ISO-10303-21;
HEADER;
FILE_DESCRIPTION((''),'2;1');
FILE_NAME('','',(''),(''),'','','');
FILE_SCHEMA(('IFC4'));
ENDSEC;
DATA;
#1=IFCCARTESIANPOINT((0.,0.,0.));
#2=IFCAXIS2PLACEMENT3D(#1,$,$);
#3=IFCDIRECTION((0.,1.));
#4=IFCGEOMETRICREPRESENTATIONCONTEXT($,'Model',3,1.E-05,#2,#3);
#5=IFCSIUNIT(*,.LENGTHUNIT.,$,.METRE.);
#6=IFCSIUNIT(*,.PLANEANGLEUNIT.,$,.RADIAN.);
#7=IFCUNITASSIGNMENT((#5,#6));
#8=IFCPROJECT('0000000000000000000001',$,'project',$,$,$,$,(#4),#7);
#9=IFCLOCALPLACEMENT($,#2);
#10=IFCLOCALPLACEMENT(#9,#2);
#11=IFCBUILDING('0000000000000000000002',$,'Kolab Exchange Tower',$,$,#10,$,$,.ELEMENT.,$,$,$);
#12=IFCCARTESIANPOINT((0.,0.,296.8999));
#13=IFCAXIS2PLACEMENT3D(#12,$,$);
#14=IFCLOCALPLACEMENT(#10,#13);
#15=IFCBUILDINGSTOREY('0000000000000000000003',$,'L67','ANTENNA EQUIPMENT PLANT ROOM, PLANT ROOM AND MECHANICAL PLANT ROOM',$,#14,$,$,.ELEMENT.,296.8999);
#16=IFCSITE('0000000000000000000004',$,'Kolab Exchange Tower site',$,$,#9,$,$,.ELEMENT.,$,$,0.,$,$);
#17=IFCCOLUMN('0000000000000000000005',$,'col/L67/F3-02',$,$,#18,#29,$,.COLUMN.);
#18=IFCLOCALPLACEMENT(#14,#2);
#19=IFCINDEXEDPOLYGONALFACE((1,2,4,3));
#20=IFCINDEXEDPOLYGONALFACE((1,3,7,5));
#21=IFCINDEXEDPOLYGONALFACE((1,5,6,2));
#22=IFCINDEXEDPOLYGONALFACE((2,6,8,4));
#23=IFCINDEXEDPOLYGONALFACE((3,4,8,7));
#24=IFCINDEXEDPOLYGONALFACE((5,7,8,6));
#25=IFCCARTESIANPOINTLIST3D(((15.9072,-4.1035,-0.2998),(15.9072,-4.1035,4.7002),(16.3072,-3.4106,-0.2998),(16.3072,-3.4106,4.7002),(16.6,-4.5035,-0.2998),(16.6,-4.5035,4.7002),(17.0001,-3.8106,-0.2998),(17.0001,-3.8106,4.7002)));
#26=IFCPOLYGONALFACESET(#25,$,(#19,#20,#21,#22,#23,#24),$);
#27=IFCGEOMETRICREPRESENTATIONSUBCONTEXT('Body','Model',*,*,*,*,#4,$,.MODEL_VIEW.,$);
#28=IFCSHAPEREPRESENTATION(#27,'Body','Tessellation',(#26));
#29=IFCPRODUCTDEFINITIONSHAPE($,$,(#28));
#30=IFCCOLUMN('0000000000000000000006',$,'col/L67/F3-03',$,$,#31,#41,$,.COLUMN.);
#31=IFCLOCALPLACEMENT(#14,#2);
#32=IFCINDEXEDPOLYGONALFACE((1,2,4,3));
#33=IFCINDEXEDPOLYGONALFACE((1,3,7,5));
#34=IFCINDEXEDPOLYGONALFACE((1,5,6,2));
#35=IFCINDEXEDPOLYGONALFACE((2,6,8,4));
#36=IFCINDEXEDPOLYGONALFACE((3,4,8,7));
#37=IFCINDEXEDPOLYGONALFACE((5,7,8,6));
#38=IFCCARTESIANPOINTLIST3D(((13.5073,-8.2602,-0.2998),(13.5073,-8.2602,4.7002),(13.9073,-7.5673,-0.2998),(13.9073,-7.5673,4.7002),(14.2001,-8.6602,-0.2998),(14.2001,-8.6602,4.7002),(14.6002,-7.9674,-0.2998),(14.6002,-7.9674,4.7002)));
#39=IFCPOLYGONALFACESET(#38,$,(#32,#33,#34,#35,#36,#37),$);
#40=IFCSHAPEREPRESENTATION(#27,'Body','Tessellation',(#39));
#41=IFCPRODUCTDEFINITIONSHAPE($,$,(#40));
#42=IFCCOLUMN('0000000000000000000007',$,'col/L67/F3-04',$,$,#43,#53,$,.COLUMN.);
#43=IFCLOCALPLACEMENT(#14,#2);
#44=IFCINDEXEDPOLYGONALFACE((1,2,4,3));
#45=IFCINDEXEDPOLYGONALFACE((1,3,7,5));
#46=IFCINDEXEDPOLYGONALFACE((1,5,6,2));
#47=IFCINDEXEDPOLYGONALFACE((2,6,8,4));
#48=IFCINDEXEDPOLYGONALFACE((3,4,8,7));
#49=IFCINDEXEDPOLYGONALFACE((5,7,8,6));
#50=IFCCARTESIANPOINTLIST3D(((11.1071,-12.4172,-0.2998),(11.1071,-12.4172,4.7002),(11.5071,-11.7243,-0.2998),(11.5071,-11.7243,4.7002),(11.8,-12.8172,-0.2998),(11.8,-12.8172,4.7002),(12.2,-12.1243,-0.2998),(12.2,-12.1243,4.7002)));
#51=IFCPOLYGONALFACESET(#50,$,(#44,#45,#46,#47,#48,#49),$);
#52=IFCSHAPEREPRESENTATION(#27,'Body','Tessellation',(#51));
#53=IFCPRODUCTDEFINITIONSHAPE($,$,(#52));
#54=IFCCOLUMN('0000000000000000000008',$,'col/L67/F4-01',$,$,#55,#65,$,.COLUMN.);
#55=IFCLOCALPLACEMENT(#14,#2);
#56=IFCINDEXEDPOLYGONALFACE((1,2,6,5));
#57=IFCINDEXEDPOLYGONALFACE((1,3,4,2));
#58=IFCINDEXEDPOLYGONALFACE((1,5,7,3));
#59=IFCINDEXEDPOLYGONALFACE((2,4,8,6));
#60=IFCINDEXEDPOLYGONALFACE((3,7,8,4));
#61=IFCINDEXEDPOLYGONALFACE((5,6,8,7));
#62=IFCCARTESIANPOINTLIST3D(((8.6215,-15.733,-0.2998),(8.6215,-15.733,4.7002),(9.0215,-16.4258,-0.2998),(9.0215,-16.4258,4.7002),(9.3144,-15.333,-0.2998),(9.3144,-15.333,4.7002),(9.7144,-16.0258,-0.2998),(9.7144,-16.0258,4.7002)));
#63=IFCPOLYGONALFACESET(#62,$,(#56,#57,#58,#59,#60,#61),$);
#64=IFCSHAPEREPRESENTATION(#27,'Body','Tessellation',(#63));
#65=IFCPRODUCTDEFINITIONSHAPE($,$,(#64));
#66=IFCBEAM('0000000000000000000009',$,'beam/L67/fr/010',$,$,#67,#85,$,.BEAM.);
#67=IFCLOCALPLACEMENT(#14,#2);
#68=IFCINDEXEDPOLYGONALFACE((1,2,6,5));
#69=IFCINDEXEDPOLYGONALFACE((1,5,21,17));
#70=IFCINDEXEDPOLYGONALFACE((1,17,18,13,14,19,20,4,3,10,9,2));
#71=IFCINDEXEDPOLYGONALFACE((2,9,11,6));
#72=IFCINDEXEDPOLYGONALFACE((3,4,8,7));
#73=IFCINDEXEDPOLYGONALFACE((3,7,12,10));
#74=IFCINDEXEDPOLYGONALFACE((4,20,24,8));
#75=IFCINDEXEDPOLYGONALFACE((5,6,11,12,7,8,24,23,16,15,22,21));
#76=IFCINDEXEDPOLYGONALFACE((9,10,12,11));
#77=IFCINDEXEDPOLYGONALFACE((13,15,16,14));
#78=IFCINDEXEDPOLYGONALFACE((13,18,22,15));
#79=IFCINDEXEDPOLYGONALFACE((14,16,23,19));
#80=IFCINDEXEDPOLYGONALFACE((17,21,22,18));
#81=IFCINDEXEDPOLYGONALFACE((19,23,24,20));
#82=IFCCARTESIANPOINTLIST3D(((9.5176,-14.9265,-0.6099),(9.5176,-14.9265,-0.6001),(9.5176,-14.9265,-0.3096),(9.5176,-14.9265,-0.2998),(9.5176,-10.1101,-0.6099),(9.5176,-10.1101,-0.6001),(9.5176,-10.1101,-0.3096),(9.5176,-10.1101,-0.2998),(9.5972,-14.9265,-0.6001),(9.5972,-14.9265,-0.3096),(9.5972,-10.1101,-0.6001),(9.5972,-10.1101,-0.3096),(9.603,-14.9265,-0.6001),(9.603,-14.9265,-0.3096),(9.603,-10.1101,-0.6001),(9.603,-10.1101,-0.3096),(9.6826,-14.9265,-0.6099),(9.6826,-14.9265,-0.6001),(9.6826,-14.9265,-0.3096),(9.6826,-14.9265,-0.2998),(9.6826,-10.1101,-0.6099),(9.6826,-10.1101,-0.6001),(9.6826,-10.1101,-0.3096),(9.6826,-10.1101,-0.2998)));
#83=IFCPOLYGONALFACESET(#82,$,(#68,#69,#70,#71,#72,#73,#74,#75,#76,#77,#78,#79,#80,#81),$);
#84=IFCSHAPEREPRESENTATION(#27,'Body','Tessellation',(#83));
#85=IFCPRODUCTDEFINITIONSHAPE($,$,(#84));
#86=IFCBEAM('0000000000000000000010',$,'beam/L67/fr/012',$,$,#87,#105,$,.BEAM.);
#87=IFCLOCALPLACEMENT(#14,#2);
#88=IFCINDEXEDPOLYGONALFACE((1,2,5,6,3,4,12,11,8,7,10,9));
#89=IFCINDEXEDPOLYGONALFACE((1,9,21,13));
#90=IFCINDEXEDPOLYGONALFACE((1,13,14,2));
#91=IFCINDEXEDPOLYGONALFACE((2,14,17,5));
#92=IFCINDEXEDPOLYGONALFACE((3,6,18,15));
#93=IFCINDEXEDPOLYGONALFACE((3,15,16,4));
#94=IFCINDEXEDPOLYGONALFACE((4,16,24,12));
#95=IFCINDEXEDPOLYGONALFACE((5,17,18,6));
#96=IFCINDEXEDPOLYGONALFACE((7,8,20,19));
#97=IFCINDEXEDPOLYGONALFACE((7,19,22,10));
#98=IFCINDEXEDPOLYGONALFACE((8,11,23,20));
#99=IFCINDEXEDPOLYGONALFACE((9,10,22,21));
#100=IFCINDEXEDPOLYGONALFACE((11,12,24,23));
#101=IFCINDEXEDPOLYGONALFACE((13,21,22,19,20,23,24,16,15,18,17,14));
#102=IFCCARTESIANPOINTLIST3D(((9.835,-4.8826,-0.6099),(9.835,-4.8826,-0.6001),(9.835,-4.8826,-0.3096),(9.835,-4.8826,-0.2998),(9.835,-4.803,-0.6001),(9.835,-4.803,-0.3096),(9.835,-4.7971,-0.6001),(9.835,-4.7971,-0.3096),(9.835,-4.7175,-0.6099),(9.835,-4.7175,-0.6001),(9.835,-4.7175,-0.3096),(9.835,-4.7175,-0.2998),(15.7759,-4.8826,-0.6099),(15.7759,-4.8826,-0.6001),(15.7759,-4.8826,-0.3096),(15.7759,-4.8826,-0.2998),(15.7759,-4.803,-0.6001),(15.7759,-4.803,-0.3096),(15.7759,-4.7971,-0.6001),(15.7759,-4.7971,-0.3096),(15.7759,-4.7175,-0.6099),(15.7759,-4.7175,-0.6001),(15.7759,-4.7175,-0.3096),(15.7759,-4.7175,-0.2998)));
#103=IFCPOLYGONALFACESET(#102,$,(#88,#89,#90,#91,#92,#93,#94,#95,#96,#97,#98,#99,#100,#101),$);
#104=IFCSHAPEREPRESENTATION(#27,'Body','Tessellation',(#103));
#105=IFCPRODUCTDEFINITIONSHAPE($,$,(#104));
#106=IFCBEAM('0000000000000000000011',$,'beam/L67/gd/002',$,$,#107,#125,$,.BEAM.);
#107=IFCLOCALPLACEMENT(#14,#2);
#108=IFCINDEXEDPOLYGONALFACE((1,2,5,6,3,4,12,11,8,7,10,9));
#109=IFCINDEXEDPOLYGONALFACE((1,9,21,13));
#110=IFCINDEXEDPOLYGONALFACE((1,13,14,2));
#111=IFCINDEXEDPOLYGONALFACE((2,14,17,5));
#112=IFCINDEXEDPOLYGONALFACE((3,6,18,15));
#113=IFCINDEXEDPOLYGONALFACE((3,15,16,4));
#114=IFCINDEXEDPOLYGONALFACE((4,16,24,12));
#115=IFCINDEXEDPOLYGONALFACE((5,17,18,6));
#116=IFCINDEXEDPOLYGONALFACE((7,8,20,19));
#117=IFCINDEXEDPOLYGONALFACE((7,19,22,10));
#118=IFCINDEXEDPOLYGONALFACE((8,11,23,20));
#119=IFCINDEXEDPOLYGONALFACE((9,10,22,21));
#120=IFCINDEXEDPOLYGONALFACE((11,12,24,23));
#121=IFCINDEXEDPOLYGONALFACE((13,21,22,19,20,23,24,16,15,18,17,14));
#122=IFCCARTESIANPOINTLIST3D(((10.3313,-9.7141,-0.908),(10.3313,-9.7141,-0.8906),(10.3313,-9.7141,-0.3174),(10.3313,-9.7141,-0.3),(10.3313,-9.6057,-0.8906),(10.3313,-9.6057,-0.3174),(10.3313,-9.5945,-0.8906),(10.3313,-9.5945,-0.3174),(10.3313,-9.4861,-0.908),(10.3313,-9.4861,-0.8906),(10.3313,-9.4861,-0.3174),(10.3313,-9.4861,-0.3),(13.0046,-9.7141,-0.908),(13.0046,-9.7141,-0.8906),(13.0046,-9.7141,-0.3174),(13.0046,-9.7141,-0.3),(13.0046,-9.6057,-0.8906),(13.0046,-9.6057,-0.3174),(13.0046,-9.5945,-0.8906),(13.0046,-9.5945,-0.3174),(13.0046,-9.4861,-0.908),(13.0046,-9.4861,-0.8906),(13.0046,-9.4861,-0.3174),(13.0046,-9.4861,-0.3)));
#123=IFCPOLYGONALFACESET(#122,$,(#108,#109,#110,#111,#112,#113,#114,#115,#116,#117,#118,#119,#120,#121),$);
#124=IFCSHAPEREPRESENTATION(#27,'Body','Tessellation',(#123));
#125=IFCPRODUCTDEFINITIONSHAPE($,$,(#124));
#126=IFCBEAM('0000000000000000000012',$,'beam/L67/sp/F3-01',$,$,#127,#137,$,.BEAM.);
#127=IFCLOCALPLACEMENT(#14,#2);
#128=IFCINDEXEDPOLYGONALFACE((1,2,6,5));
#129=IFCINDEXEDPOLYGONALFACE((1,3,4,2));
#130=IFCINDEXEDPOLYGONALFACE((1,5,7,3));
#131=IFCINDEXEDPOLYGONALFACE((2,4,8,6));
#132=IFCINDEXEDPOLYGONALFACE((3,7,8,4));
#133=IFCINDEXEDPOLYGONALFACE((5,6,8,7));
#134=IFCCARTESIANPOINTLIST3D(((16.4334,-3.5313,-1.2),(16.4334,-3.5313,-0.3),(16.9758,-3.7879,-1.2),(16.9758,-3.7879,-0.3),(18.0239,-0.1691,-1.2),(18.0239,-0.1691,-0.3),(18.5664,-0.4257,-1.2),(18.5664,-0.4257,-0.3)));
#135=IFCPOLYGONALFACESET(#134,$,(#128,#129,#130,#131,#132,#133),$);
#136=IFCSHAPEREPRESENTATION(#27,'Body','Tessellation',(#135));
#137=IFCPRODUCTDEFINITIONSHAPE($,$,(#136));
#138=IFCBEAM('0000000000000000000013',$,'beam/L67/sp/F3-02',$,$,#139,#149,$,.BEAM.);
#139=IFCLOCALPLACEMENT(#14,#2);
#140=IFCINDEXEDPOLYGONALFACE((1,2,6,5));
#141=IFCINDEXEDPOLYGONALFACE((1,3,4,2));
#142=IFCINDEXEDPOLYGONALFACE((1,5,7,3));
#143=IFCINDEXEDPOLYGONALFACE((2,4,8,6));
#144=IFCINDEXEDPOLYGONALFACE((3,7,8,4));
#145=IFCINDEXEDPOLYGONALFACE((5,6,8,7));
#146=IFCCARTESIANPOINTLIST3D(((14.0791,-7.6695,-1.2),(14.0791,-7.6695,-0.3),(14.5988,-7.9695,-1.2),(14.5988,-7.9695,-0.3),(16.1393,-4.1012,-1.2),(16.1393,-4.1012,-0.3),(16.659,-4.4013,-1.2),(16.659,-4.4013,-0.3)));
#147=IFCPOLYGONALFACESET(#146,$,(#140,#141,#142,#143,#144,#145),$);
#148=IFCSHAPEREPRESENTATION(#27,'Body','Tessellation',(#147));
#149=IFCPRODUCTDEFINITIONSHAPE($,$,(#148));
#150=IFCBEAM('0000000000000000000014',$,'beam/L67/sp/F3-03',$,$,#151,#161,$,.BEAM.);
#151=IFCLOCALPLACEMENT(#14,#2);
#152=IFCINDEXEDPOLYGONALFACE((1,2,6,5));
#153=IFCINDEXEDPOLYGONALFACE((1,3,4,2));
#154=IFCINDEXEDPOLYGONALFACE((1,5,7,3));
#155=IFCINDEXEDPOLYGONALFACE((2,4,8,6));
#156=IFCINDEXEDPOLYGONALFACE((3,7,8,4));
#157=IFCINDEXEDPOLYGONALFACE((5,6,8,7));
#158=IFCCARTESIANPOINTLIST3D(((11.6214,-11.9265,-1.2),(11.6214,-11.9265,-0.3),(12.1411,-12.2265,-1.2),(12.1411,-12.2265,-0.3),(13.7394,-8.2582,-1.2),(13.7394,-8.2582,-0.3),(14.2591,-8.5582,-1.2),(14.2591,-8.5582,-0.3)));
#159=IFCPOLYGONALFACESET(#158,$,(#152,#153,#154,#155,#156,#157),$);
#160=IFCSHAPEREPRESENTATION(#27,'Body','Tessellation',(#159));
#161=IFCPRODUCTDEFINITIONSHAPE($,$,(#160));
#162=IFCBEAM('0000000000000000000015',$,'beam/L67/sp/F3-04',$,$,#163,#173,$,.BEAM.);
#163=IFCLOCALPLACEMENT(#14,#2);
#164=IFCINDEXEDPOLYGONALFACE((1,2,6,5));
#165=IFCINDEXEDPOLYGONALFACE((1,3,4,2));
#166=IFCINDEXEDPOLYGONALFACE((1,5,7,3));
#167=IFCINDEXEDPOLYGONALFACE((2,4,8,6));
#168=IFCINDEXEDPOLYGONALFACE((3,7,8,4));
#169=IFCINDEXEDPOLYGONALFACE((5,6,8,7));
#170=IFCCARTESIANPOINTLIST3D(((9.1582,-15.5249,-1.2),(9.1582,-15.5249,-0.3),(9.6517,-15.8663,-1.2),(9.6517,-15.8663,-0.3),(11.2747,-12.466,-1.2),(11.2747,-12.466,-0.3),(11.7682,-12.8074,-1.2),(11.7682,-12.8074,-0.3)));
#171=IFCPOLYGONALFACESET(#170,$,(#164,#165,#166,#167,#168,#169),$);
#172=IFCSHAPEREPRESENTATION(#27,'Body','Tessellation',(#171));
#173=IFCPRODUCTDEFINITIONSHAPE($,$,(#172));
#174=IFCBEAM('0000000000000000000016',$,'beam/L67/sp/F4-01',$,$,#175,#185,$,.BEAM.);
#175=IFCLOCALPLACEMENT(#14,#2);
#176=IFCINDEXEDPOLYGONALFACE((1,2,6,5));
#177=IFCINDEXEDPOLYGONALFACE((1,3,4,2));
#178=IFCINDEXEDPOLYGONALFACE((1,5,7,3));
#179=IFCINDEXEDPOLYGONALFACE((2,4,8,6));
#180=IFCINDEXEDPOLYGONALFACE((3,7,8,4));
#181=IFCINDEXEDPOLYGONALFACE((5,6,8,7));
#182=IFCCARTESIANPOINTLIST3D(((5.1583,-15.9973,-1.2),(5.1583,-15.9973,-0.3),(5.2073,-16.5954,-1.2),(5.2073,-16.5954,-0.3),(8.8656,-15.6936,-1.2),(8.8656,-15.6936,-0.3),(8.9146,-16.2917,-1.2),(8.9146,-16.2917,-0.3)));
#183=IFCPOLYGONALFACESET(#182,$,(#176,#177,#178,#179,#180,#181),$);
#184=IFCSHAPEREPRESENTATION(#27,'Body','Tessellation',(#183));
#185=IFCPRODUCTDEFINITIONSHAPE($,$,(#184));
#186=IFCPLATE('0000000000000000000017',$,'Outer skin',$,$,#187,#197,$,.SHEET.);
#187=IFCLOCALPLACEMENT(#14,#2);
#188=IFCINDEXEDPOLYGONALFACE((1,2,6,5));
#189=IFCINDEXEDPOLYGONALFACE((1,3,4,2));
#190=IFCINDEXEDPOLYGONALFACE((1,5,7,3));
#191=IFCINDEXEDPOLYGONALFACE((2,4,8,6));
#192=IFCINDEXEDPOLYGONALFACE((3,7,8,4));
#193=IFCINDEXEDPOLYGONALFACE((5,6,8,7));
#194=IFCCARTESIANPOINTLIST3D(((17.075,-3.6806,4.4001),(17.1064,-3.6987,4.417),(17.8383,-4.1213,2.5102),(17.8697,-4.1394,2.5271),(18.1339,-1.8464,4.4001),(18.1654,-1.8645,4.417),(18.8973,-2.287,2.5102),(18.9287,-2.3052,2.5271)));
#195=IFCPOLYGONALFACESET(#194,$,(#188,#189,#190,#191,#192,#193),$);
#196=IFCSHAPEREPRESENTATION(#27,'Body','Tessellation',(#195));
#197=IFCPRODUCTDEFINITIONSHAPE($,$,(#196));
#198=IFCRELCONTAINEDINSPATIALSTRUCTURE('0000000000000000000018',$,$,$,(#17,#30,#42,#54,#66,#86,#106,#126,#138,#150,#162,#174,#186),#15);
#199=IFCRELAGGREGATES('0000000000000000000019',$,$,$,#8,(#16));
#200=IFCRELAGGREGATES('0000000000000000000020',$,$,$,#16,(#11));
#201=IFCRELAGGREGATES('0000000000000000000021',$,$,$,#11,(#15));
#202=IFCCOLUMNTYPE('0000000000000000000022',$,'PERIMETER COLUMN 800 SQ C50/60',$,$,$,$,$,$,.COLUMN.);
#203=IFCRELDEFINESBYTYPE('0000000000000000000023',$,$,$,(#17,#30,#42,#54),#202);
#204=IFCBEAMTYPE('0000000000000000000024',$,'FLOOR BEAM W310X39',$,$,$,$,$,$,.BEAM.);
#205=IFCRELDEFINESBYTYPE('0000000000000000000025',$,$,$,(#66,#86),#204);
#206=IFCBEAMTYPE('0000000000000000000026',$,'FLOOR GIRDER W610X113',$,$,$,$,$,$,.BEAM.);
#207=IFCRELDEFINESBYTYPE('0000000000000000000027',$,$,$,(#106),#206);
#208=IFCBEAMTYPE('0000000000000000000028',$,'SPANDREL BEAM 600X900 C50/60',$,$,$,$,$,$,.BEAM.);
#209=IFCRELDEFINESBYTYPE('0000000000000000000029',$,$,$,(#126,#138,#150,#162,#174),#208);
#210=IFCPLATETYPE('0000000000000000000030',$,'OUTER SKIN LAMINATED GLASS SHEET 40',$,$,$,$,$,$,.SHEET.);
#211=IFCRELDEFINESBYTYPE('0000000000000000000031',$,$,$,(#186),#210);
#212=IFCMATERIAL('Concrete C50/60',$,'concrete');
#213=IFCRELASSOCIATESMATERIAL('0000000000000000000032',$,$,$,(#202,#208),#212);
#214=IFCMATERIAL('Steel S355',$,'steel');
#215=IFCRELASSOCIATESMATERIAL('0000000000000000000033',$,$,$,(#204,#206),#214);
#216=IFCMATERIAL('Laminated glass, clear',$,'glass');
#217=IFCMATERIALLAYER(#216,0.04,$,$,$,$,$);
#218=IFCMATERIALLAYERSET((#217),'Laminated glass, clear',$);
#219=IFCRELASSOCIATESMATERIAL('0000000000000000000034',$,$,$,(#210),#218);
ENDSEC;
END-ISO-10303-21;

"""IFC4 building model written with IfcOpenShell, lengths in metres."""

from ifc_helpers import new_model, si_unit, direction, frame, origin, origin_2d, place, context, subcontext, project, spatial, polyline, rectangle, i_section, outline, extrude, material, layer, layer_set, material_profile, profile_set, type_object, element, save


model = new_model("IFC4")

# Units and contexts
model_context = context("Model", 3, precision=1e-05, world=origin(), true_north=direction((0.0, 1.0)))
body_context = subcontext(model_context, "Body", "Model", "MODEL_VIEW")
ifc_project = project(units=[si_unit("LENGTHUNIT", "METRE"), si_unit("PLANEANGLEUNIT", "RADIAN")], contexts=[model_context])

# Site, building, storey
site_placement = place(None, origin())
site = spatial("IfcSite", under=ifc_project, at=site_placement, Name="Kolab Exchange Tower site", CompositionType="ELEMENT", RefElevation=0.0)
building_placement = place(site_placement, origin())
building = spatial("IfcBuilding", under=site, at=building_placement, Name="Kolab Exchange Tower", CompositionType="ELEMENT")
storey_placement = place(building_placement, frame((0.0, 0.0, 296.8999)))
storey = spatial("IfcBuildingStorey", under=building, at=storey_placement, Name="L67", Description="ANTENNA EQUIPMENT PLANT ROOM, PLANT ROOM AND MECHANICAL PLANT ROOM", CompositionType="ELEMENT", Elevation=296.8999)

# Columns
ifc_material_1 = material(Name="Concrete C50/60", Category="concrete")
ifc_material_profile_1 = material_profile(ifc_material_1, rectangle(XDim=0.8, YDim=0.8, at=origin_2d()), Name="RC800")
ifc_profile_set_1 = profile_set([ifc_material_profile_1], Name="Concrete C50/60")
column_type = type_object("IfcColumnType", Name="PERIMETER COLUMN 800 SQ C50/60", PredefinedType="COLUMN", material=ifc_profile_set_1)
for number, where, z_axis, x_axis, name in (
    (1, (16.4536, -3.957, -0.2998), (0.0, 0.0, 1.0), (0.5, 0.866025, 0.0), "col/L67/F3-02"),
    (2, (14.0537, -8.1138, -0.2998), (0.0, 0.0, 1.0), (0.5, 0.866025, 0.0), "col/L67/F3-03"),
    (3, (11.6536, -12.2708, -0.2998), (0.0, 0.0, 1.0), (0.5, 0.866025, 0.0), "col/L67/F3-04"),
    (4, (9.168, -15.8794, -0.2998), (0.0, 0.0, 1.0), (0.866025, 0.5, 0.0), "col/L67/F4-01"),
):
    element("IfcColumn", number, at=place(storey_placement, frame(where, z_axis=z_axis, x_axis=x_axis)), inside=storey, type_object=column_type, Name=name, PredefinedType="COLUMN", context=body_context, shape_type="SweptSolid", body=[
        extrude(rectangle(XDim=0.8, YDim=0.8, at=origin_2d()), origin(), (0.0, 0.0, 1.0), 5.0),
    ])

# Beams
ifc_material_2 = material(Name="Steel S355", Category="steel")
ifc_material_profile_2 = material_profile(ifc_material_2, i_section(OverallWidth=0.165, OverallDepth=0.3101, WebThickness=0.0059, FlangeThickness=0.0098, at=origin_2d()), Name="W310X39")
ifc_profile_set_2 = profile_set([ifc_material_profile_2], Name="Steel S355")
beam_type_1 = type_object("IfcBeamType", Name="FLOOR BEAM W310X39", PredefinedType="BEAM", material=ifc_profile_set_2)
beam_1_placement = place(storey_placement, frame((9.6001, -14.9265, -0.4548), z_axis=(0.0, 1.0, 0.0), x_axis=(-1.0, 0.0, 0.0)))
element("IfcBeam", 5, at=beam_1_placement, inside=storey, type_object=beam_type_1, Name="beam/L67/fr/010", PredefinedType="BEAM", context=body_context, shape_type="SweptSolid", body=[
    extrude(i_section(OverallWidth=0.165, OverallDepth=0.3101, WebThickness=0.0059, FlangeThickness=0.0098, at=origin_2d()), origin(), (0.0, 0.0, 1.0), 4.8164),
])
beam_2_placement = place(storey_placement, frame((9.835, -4.8, -0.4548), z_axis=(1.0, 0.0, 0.0), x_axis=(0.0, 1.0, 0.0)))
element("IfcBeam", 6, at=beam_2_placement, inside=storey, type_object=beam_type_1, Name="beam/L67/fr/012", PredefinedType="BEAM", context=body_context, shape_type="SweptSolid", body=[
    extrude(i_section(OverallWidth=0.165, OverallDepth=0.3101, WebThickness=0.0059, FlangeThickness=0.0098, at=origin_2d()), origin(), (0.0, 0.0, 1.0), 5.9409),
])
ifc_material_profile_3 = material_profile(ifc_material_2, i_section(OverallWidth=0.228, OverallDepth=0.6079, WebThickness=0.0112, FlangeThickness=0.0173, at=origin_2d()), Name="W610X113")
ifc_profile_set_3 = profile_set([ifc_material_profile_3], Name="Steel S355")
beam_type_2 = type_object("IfcBeamType", Name="FLOOR GIRDER W610X113", PredefinedType="BEAM", material=ifc_profile_set_3)
beam_3_placement = place(storey_placement, frame((10.3313, -9.6001, -0.604), z_axis=(1.0, 0.0, 0.0), x_axis=(0.0, 1.0, 0.0)))
element("IfcBeam", 7, at=beam_3_placement, inside=storey, type_object=beam_type_2, Name="beam/L67/gd/002", PredefinedType="BEAM", context=body_context, shape_type="SweptSolid", body=[
    extrude(i_section(OverallWidth=0.228, OverallDepth=0.6079, WebThickness=0.0112, FlangeThickness=0.0173, at=origin_2d()), origin(), (0.0, 0.0, 1.0), 2.6733),
])
ifc_material_profile_4 = material_profile(ifc_material_1, rectangle(XDim=0.6001, YDim=0.8999, at=origin_2d()), Name="RC600X900")
ifc_profile_set_4 = profile_set([ifc_material_profile_4], Name="Concrete C50/60")
beam_type_3 = type_object("IfcBeamType", Name="SPANDREL BEAM 600X900 C50/60", PredefinedType="BEAM", material=ifc_profile_set_4)
beam_4_placement = place(storey_placement, frame((18.2952, -0.2974, -0.75), z_axis=(-0.427626, -0.903956, 0.0), x_axis=(0.903956, -0.427626, 0.0)))
element("IfcBeam", 8, at=beam_4_placement, inside=storey, type_object=beam_type_3, Name="beam/L67/sp/F3-01", PredefinedType="BEAM", context=body_context, shape_type="SweptSolid", body=[
    extrude(rectangle(XDim=0.6001, YDim=0.8999, at=origin_2d()), origin(), (0.0, 0.0, 1.0), 3.7195),
])
beam_5_placement = place(storey_placement, frame((16.3992, -4.2512, -0.75), z_axis=(-0.50002, -0.866014, 0.0), x_axis=(0.866014, -0.50002, 0.0)))
element("IfcBeam", 9, at=beam_5_placement, inside=storey, type_object=beam_type_3, Name="beam/L67/sp/F3-02", PredefinedType="BEAM", context=body_context, shape_type="SweptSolid", body=[
    extrude(rectangle(XDim=0.6001, YDim=0.8999, at=origin_2d()), origin(), (0.0, 0.0, 1.0), 4.1204),
])
beam_6_placement = place(storey_placement, frame((13.9993, -8.4082, -0.75), z_axis=(-0.500013, -0.866018, 0.0), x_axis=(0.866018, -0.500013, 0.0)))
element("IfcBeam", 10, at=beam_6_placement, inside=storey, type_object=beam_type_3, Name="beam/L67/sp/F3-03", PredefinedType="BEAM", context=body_context, shape_type="SweptSolid", body=[
    extrude(rectangle(XDim=0.6001, YDim=0.8999, at=origin_2d()), origin(), (0.0, 0.0, 1.0), 4.2358),
])
for number, where, z_axis, x_axis, name in (
    (11, (11.5215, -12.6367, -0.75), (-0.568992, -0.822343, 0.0), (0.822343, -0.568992, 0.0), "beam/L67/sp/F3-04"),
    (12, (8.8901, -15.9927, -0.75), (-0.996661, -0.081649, 0.0), (0.081649, -0.996661, 0.0), "beam/L67/sp/F4-01"),
):
    element("IfcBeam", number, at=place(storey_placement, frame(where, z_axis=z_axis, x_axis=x_axis)), inside=storey, type_object=beam_type_3, Name=name, PredefinedType="BEAM", context=body_context, shape_type="SweptSolid", body=[
        extrude(rectangle(XDim=0.6001, YDim=0.8999, at=origin_2d()), origin(), (0.0, 0.0, 1.0), 3.7197),
    ])

# Plate
ifc_material_3 = material(Name="Laminated glass, clear", Category="glass")
ifc_layer_1 = layer(ifc_material_3, 0.04)
ifc_layer_set_1 = layer_set([ifc_layer_1], Name="Laminated glass, clear")
plate_type = type_object("IfcPlateType", Name="OUTER SKIN LAMINATED GLASS SHEET 40", PredefinedType="SHEET", material=ifc_layer_set_1)
plate_1_placement = place(storey_placement, frame((18.9287, -2.3052, 2.5271), z_axis=(0.784874, -0.453134, 0.422661), x_axis=(-0.499996, -0.866028, 0.000019)))
element("IfcPlate", 13, at=plate_1_placement, inside=storey, type_object=plate_type, Name="Outer skin", PredefinedType="SHEET", context=body_context, shape_type="SweptSolid", body=[
    extrude(outline(polyline([(0.0, 0.0), (2.118, 0.0), (2.118, -2.0853), (0.0001, -2.0854), (0.0, 0.0)])), origin(), (0.0, 0.0, -1.0), 0.04),
])

save(model, "model.ifc")
